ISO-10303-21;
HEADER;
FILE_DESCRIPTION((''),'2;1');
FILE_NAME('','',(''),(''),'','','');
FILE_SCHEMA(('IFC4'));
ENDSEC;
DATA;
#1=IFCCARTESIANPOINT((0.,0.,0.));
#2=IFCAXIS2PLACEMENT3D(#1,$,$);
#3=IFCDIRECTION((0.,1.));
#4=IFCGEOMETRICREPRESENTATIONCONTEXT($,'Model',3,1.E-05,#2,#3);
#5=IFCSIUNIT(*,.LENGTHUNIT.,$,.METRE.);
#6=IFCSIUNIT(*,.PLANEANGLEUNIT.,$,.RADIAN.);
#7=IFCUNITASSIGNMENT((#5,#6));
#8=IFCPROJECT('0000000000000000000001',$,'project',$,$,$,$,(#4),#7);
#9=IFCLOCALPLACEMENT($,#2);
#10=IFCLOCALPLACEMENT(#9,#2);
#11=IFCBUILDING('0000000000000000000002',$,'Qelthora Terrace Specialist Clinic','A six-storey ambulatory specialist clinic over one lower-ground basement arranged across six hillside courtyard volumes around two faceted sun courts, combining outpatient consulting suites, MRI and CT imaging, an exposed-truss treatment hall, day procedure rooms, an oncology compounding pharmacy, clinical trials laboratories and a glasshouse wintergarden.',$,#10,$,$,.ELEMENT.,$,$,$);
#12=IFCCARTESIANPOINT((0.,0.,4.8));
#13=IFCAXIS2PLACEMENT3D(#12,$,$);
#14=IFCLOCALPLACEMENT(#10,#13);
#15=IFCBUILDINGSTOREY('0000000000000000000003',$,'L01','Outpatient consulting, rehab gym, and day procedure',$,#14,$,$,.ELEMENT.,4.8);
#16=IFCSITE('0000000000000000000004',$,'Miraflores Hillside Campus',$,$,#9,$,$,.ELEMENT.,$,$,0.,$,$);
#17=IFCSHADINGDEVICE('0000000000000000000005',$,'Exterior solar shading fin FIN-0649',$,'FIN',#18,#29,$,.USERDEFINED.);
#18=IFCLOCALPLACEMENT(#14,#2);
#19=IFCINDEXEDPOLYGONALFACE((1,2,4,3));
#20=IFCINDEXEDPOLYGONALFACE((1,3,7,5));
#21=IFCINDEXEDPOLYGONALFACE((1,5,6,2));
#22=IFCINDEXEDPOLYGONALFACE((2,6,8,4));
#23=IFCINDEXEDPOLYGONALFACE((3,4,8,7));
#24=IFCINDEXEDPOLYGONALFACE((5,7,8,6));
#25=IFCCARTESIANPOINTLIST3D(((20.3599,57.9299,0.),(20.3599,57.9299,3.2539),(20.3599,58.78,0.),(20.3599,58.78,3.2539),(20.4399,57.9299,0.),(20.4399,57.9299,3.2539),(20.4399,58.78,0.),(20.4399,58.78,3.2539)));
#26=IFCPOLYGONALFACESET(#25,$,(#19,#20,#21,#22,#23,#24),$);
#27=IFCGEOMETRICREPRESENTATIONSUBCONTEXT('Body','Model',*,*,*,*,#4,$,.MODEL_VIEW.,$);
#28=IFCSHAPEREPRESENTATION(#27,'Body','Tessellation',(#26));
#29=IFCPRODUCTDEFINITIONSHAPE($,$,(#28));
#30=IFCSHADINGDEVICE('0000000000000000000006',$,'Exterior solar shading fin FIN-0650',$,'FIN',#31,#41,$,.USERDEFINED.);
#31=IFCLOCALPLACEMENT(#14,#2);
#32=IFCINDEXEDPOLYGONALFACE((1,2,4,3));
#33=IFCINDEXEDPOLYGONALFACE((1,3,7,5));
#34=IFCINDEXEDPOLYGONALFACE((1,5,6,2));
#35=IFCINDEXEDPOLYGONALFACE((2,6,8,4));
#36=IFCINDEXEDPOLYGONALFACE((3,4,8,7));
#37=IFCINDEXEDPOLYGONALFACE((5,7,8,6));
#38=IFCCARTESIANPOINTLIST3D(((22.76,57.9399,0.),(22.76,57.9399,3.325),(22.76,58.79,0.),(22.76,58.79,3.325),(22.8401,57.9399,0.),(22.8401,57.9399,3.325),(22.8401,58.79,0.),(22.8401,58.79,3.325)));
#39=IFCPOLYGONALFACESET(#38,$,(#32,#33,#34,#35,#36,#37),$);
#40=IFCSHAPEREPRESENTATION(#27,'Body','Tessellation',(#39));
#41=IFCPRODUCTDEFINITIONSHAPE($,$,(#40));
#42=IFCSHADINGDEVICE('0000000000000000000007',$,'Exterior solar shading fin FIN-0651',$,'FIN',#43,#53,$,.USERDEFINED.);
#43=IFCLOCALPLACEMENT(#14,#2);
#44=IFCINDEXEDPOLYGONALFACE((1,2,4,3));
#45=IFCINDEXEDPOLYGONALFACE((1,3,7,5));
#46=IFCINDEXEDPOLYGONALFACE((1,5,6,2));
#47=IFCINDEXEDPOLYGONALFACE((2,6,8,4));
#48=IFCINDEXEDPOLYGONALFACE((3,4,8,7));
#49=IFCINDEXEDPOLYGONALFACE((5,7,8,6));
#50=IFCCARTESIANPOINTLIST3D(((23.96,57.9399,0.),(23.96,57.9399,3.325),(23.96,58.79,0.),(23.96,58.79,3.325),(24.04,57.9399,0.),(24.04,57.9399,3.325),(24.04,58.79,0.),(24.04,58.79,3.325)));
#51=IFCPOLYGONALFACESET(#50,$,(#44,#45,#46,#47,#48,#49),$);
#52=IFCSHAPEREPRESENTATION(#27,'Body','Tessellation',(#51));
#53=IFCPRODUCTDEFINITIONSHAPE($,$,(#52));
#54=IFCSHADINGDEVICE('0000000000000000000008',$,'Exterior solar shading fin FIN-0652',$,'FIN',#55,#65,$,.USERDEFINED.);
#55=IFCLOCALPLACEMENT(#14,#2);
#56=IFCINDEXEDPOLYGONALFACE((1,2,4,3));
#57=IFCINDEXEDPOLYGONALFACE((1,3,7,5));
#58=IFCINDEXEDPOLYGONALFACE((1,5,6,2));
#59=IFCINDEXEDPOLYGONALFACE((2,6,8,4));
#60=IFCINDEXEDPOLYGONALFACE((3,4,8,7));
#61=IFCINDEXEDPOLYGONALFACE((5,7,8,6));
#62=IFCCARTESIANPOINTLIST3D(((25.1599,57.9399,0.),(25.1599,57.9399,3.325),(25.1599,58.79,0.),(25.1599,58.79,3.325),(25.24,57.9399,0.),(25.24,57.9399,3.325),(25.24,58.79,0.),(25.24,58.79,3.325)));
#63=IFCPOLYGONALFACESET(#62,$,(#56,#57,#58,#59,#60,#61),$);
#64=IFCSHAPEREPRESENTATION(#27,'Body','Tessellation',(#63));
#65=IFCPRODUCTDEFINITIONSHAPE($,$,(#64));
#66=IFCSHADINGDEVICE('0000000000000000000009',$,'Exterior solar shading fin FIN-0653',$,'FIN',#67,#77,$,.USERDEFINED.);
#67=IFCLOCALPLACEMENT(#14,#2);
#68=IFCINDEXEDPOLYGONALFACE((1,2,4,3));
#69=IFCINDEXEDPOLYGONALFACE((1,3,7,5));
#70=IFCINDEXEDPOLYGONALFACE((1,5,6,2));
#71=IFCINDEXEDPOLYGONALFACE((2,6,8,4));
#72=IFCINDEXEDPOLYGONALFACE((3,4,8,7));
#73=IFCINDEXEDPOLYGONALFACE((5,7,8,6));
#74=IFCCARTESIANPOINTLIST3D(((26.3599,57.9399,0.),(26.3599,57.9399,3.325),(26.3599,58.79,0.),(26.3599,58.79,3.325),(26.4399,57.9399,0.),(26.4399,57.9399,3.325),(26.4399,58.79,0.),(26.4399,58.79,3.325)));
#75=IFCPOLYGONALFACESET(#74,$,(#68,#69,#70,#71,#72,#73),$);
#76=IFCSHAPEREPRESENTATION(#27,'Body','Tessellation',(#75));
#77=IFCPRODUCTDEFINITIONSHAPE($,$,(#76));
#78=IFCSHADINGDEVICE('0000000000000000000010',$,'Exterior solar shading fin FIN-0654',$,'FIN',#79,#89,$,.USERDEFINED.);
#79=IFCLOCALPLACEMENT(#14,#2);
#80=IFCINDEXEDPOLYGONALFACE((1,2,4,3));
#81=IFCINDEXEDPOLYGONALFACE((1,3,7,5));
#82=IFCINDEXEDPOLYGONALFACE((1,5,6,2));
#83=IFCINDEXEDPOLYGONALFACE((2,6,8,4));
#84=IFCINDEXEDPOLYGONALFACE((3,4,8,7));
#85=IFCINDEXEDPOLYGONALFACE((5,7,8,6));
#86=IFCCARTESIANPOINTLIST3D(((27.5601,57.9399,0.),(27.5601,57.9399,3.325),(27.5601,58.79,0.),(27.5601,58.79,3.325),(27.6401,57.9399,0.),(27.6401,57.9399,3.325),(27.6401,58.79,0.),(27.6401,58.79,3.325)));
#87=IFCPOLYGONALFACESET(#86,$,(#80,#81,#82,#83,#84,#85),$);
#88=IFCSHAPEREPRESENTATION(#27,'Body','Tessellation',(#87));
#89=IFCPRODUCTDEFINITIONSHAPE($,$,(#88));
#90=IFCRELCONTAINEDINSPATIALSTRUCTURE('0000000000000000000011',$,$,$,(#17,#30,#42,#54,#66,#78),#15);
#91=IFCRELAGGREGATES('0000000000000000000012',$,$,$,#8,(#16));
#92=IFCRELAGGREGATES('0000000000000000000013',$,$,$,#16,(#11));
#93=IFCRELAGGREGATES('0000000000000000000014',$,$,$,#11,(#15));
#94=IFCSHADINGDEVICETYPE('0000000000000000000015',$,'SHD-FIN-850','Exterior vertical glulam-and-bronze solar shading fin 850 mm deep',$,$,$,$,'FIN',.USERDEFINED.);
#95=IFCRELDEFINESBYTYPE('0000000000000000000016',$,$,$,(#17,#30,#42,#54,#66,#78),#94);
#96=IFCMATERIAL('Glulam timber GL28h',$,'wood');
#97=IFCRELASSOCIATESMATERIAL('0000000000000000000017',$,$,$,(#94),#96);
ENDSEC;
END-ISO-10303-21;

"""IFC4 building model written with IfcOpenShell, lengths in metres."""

from ifc_helpers import new_model, si_unit, direction, frame, origin, origin_2d, place, context, subcontext, project, spatial, rectangle, extrude, material, type_object, element, save


model = new_model("IFC4")

# Units and contexts
model_context = context("Model", 3, precision=1e-05, world=origin(), true_north=direction((0.0, 1.0)))
body_context = subcontext(model_context, "Body", "Model", "MODEL_VIEW")
ifc_project = project(units=[si_unit("LENGTHUNIT", "METRE"), si_unit("PLANEANGLEUNIT", "RADIAN")], contexts=[model_context])

# Site, building, storey
site_placement = place(None, origin())
site = spatial("IfcSite", under=ifc_project, at=site_placement, Name="Miraflores Hillside Campus", CompositionType="ELEMENT", RefElevation=0.0)
building_placement = place(site_placement, origin())
building = spatial("IfcBuilding", under=site, at=building_placement, Name="Qelthora Terrace Specialist Clinic", Description="A six-storey ambulatory specialist clinic over one lower-ground basement arranged across six hillside courtyard volumes around two faceted sun courts, combining outpatient consulting suites, MRI and CT imaging, an exposed-truss treatment hall, day procedure rooms, an oncology compounding pharmacy, clinical trials laboratories and a glasshouse wintergarden.", CompositionType="ELEMENT")
storey_placement = place(building_placement, frame((0.0, 0.0, 4.8)))
storey = spatial("IfcBuildingStorey", under=building, at=storey_placement, Name="L01", Description="Outpatient consulting, rehab gym, and day procedure", CompositionType="ELEMENT", Elevation=4.8)

# Shading devices
ifc_material_1 = material(Name="Glulam timber GL28h", Category="wood")
shading_device_type = type_object("IfcShadingDeviceType", Name="SHD-FIN-850", Description="Exterior vertical glulam-and-bronze solar shading fin 850 mm deep", ElementType="FIN", PredefinedType="USERDEFINED", material=ifc_material_1)
shading_device_placement = place(storey_placement, frame((20.3999, 58.355, 0.0), z_axis=(0.0, 0.0, 1.0), x_axis=(0.0, -1.0, 0.0)))
element("IfcShadingDevice", 1, at=shading_device_placement, inside=storey, type_object=shading_device_type, Name="Exterior solar shading fin FIN-0649", ObjectType="FIN", PredefinedType="USERDEFINED", context=body_context, shape_type="SweptSolid", body=[
    extrude(rectangle(XDim=0.8501, YDim=0.0801, at=origin_2d()), origin(), (0.0, 0.0, 1.0), 3.2539),
])
for number, where, z_axis, x_axis, name in (
    (2, (22.8, 58.365, 0.0), (0.0, 0.0, 1.0), (0.0, -1.0, 0.0), "Exterior solar shading fin FIN-0650"),
    (3, (24.0, 58.365, 0.0), (0.0, 0.0, 1.0), (0.0, -1.0, 0.0), "Exterior solar shading fin FIN-0651"),
    (4, (25.2, 58.365, 0.0), (0.0, 0.0, 1.0), (0.0, -1.0, 0.0), "Exterior solar shading fin FIN-0652"),
    (5, (26.3999, 58.365, 0.0), (0.0, 0.0, 1.0), (0.0, -1.0, 0.0), "Exterior solar shading fin FIN-0653"),
    (6, (27.6001, 58.365, 0.0), (0.0, 0.0, 1.0), (0.0, -1.0, 0.0), "Exterior solar shading fin FIN-0654"),
):
    element("IfcShadingDevice", number, at=place(storey_placement, frame(where, z_axis=z_axis, x_axis=x_axis)), inside=storey, type_object=shading_device_type, Name=name, ObjectType="FIN", PredefinedType="USERDEFINED", context=body_context, shape_type="SweptSolid", body=[
        extrude(rectangle(XDim=0.8501, YDim=0.0801, at=origin_2d()), origin(), (0.0, 0.0, 1.0), 3.325),
    ])

save(model, "model.ifc")
